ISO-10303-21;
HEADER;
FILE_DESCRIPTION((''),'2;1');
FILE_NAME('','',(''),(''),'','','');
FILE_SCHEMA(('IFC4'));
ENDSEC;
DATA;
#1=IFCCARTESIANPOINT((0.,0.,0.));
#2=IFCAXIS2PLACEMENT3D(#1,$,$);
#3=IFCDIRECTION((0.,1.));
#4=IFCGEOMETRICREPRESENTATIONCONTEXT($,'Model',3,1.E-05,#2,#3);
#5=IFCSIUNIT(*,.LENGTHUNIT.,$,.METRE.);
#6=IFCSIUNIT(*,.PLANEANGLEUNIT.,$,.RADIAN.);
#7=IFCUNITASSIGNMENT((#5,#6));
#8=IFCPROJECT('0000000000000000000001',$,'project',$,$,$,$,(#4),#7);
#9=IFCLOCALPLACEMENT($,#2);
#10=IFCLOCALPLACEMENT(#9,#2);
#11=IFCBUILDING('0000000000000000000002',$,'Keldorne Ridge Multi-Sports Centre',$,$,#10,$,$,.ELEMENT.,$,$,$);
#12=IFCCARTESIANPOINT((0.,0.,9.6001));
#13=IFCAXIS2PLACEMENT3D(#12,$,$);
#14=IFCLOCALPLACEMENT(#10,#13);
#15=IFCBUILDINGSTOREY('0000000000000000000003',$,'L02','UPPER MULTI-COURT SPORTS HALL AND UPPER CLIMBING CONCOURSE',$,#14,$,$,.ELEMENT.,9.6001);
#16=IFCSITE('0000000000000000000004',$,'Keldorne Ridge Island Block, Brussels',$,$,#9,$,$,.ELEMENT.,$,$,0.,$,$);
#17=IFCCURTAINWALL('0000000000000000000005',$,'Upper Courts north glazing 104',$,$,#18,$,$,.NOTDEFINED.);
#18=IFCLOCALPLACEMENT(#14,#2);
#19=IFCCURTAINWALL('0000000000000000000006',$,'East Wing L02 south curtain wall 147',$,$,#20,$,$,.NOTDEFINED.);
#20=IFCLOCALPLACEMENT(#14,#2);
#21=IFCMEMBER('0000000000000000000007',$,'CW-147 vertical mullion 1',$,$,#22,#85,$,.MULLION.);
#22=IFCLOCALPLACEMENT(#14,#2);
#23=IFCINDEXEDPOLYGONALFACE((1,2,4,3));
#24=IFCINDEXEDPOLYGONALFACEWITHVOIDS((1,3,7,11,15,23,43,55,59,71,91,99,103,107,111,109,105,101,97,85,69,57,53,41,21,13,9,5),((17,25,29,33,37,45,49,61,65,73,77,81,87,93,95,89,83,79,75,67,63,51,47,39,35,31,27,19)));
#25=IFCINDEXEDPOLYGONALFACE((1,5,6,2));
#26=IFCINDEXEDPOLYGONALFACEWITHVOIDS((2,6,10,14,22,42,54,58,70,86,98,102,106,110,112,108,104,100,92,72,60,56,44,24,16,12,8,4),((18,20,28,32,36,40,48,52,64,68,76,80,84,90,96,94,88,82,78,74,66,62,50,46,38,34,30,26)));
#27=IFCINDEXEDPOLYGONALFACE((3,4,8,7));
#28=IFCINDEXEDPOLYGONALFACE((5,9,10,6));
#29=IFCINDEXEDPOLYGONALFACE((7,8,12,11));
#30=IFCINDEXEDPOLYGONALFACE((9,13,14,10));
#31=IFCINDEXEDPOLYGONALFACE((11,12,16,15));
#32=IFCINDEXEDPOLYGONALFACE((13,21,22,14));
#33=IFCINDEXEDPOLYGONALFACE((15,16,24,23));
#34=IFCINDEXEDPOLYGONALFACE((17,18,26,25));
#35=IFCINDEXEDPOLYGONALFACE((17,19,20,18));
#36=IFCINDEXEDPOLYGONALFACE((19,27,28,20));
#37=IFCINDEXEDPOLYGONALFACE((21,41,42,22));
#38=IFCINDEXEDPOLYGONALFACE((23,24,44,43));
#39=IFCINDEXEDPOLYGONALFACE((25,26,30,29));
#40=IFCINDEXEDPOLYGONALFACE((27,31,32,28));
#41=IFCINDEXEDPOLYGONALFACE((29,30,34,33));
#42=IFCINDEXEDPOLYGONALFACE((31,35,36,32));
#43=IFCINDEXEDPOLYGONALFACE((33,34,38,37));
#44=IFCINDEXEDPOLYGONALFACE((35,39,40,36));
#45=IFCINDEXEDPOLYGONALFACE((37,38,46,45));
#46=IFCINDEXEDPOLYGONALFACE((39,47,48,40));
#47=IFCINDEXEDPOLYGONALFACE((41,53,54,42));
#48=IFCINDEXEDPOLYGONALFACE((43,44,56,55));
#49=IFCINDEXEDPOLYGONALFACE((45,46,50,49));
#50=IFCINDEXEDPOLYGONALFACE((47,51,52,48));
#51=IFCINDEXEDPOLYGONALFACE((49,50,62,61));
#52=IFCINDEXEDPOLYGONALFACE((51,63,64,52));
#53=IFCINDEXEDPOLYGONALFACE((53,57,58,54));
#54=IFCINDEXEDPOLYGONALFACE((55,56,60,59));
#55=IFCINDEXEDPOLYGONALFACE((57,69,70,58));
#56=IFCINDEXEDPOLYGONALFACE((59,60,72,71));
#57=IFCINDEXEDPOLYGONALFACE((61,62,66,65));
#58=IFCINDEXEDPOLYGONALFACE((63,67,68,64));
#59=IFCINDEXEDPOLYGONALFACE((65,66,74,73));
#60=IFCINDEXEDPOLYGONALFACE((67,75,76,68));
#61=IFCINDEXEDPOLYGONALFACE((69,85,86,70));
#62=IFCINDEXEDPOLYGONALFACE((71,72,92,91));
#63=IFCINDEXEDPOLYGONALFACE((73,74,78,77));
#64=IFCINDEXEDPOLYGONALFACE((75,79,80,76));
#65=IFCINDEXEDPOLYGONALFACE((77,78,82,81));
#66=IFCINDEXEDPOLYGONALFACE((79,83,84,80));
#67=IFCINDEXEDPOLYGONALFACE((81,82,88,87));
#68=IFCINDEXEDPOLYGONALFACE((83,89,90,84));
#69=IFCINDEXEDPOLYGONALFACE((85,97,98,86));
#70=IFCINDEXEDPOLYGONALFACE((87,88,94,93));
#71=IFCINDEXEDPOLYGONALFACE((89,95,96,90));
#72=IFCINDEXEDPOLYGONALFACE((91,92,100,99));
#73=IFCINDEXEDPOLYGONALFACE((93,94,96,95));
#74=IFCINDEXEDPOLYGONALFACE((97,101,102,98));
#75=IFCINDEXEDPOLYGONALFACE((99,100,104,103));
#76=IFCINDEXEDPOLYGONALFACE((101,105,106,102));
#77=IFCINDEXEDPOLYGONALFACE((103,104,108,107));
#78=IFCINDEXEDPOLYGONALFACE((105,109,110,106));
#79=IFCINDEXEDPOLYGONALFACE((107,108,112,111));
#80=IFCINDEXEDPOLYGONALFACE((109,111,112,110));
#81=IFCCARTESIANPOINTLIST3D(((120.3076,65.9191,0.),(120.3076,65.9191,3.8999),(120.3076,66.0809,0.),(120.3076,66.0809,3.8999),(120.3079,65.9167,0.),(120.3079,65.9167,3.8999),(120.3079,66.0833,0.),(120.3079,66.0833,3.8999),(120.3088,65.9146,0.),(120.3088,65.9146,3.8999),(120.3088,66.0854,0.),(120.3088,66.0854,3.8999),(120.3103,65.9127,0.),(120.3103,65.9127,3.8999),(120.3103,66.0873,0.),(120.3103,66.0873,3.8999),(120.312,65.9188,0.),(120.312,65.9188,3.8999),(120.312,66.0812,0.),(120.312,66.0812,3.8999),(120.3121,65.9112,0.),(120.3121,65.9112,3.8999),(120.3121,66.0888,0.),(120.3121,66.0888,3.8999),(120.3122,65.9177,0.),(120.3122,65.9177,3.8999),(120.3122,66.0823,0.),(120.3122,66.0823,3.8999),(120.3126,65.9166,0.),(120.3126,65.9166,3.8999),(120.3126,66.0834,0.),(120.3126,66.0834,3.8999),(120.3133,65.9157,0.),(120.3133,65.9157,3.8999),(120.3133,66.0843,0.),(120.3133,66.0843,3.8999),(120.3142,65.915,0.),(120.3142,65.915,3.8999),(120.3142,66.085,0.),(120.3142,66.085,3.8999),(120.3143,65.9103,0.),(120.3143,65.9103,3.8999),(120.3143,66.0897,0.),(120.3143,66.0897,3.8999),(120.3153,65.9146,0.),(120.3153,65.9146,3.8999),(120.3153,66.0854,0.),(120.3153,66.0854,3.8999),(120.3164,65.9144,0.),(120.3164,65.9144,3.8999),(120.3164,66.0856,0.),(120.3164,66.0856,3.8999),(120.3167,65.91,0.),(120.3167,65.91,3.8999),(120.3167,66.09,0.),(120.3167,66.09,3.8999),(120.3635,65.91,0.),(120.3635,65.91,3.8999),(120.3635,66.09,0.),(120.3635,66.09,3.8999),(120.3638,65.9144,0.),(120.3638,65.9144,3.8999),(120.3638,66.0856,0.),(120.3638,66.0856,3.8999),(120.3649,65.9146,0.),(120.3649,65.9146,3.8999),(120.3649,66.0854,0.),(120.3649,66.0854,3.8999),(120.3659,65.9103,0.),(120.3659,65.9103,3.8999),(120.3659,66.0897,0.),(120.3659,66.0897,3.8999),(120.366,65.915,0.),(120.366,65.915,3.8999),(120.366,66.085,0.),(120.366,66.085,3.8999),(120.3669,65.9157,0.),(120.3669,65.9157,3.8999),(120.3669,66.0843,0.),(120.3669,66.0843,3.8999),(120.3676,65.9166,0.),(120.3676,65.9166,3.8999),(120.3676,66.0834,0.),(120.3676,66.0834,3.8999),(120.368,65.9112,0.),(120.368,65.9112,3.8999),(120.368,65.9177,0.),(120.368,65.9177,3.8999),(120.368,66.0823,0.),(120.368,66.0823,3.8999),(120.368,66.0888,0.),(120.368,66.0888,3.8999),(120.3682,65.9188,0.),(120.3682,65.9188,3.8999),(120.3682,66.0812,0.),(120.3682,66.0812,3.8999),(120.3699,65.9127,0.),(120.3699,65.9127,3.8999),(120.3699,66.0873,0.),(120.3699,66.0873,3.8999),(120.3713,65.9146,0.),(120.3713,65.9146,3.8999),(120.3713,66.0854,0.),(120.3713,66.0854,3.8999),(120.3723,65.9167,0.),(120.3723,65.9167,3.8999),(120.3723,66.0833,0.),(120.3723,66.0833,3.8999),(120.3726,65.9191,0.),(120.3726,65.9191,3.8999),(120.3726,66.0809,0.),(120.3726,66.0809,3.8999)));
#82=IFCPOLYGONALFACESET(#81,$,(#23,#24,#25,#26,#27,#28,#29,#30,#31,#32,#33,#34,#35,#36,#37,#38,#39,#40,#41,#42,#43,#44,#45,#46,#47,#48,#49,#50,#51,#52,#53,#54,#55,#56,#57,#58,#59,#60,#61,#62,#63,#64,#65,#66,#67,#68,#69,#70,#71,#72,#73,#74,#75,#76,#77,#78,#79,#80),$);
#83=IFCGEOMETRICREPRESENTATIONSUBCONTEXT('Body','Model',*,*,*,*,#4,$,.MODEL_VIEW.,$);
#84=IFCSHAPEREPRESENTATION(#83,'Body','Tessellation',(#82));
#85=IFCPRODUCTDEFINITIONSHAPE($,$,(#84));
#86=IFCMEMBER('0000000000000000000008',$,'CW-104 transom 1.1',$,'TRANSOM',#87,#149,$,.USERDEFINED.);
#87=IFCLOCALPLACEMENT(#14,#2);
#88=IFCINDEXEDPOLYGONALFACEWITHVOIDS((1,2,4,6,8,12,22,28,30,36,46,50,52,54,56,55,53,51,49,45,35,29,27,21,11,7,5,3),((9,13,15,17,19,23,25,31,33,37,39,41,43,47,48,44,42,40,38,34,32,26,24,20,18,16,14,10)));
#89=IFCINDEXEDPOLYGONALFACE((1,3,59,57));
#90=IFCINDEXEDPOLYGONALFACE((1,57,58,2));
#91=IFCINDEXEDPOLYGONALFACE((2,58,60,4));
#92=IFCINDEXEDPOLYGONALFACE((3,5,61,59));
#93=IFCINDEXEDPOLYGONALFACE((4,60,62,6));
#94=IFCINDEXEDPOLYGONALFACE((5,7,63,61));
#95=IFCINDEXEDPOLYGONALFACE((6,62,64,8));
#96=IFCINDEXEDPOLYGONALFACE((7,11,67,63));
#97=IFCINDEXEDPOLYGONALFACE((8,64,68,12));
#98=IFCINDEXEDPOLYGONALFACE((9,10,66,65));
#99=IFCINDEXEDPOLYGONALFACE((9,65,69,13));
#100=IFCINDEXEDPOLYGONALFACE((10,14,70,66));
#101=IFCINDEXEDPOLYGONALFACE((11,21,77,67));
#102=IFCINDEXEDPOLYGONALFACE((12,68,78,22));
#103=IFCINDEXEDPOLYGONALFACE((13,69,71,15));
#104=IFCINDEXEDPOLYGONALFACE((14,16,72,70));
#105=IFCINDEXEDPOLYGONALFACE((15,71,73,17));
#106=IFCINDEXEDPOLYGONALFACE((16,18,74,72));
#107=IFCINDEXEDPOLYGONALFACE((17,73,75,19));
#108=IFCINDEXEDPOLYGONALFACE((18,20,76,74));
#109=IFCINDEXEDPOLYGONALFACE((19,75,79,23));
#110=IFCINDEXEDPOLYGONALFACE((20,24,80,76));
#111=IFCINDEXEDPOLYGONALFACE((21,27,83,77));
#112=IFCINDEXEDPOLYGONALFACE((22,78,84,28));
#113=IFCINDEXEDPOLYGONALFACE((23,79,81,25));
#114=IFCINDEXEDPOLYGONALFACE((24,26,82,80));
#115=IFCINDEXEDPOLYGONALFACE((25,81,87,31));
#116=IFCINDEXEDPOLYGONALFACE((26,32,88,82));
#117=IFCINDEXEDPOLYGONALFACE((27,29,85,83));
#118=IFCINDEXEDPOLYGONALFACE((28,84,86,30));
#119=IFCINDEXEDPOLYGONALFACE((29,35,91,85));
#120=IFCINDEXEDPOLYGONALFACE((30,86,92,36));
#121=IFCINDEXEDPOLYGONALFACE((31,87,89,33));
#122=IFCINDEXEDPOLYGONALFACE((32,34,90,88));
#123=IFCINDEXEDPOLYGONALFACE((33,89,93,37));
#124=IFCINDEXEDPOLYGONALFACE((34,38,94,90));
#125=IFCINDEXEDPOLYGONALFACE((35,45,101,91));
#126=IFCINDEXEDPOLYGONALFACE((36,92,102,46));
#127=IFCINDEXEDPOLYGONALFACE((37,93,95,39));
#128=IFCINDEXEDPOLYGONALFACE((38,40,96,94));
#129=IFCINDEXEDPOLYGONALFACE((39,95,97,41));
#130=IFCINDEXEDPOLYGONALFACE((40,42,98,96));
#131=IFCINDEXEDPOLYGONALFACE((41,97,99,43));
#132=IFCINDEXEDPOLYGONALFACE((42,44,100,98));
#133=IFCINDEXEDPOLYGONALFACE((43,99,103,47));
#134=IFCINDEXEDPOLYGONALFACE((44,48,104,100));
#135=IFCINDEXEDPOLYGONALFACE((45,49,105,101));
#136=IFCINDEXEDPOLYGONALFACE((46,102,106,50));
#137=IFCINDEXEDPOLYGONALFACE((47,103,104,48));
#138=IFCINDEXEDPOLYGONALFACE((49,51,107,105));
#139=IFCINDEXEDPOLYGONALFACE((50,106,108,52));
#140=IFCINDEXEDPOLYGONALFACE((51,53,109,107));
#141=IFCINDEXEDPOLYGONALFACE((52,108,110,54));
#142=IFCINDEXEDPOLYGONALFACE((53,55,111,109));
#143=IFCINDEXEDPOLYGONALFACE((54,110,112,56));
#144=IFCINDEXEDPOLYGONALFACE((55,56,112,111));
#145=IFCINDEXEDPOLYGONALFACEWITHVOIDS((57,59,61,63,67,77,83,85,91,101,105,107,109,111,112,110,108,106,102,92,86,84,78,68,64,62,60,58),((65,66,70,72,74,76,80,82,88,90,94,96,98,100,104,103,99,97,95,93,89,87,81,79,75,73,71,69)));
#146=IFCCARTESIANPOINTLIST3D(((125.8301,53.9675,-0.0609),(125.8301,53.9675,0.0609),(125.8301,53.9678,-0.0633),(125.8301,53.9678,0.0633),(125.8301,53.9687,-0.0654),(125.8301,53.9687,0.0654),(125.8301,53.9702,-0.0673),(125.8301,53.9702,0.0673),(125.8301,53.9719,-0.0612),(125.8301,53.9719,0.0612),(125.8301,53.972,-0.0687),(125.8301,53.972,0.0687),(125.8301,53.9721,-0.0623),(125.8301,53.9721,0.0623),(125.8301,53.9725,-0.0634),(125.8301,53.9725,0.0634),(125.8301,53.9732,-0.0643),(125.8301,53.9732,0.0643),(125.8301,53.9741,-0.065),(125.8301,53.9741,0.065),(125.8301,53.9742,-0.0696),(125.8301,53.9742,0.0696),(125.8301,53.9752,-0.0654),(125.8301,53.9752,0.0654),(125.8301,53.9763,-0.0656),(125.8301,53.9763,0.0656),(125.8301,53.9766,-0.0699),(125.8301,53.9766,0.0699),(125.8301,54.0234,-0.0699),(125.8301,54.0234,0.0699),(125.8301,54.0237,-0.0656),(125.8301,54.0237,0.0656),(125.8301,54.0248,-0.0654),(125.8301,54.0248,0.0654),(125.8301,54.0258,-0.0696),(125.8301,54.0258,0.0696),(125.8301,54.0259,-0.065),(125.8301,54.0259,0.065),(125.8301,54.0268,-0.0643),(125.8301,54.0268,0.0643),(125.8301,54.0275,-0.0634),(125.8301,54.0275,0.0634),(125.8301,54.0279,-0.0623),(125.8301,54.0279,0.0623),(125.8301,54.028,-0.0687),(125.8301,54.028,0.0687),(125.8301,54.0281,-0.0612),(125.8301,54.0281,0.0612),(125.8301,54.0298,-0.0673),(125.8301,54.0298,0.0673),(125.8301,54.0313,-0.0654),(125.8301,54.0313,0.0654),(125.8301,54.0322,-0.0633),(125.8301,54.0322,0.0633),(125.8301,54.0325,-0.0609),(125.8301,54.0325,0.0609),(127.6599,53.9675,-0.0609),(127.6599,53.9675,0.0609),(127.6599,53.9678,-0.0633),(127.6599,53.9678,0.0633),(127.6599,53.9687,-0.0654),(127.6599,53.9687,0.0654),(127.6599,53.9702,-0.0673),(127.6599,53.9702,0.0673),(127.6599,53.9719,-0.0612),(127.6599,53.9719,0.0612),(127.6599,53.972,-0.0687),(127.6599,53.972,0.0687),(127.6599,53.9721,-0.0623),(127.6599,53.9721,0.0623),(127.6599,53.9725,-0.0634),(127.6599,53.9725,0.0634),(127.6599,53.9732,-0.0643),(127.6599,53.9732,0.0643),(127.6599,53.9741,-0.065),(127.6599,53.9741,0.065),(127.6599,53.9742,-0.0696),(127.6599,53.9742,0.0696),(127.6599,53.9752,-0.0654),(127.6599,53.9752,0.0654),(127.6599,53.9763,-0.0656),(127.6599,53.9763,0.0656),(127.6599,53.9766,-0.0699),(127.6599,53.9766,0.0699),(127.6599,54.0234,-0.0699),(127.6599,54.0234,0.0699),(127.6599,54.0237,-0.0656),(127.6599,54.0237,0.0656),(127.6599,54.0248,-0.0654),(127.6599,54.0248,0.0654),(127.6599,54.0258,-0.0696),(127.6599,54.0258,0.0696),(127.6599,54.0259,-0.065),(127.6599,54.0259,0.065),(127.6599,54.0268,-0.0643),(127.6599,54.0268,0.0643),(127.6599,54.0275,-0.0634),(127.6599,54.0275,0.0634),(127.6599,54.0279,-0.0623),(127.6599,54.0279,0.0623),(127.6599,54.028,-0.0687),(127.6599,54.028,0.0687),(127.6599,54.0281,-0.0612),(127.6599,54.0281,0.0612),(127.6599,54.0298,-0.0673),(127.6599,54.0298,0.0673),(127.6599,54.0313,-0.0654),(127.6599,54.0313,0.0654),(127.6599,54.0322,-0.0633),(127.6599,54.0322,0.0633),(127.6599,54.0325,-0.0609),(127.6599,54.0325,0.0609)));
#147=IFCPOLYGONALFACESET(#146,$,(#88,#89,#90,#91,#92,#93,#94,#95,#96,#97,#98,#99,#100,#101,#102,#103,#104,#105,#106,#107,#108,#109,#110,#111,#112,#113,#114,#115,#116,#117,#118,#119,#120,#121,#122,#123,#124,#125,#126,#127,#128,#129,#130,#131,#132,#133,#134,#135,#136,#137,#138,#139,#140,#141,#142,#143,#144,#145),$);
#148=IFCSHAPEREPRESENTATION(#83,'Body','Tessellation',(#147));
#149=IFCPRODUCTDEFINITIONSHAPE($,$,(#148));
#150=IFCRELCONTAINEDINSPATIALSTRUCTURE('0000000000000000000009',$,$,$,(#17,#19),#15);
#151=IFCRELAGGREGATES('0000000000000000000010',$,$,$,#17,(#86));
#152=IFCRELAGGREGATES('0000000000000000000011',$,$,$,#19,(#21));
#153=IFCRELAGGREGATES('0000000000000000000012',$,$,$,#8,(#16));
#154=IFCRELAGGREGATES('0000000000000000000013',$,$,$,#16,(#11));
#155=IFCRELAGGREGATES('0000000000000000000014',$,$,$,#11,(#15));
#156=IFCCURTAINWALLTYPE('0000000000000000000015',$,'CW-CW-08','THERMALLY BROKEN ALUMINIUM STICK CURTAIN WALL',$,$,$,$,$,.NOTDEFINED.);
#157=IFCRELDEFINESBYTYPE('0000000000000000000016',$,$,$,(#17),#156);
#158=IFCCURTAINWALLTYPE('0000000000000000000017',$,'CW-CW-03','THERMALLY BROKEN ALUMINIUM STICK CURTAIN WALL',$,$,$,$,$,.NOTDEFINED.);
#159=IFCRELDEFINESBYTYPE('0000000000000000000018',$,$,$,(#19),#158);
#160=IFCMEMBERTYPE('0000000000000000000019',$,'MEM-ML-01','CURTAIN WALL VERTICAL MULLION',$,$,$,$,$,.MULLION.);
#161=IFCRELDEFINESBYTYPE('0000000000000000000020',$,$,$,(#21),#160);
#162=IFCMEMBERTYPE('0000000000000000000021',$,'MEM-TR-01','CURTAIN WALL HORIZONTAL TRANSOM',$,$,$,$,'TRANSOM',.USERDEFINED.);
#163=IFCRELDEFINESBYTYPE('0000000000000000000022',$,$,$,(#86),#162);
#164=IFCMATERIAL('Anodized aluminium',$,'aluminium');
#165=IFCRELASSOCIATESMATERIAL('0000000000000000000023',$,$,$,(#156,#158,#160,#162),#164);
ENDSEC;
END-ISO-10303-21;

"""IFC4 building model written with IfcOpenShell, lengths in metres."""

from ifc_helpers import new_model, si_unit, direction, frame, origin, origin_2d, place, context, subcontext, project, spatial, hollow_rectangle, extrude, material, material_profile, profile_set, type_object, element, aggregate, save


model = new_model("IFC4")

# Units and contexts
model_context = context("Model", 3, precision=1e-05, world=origin(), true_north=direction((0.0, 1.0)))
body_context = subcontext(model_context, "Body", "Model", "MODEL_VIEW")
ifc_project = project(units=[si_unit("LENGTHUNIT", "METRE"), si_unit("PLANEANGLEUNIT", "RADIAN")], contexts=[model_context])

# Site, building, storey
site_placement = place(None, origin())
site = spatial("IfcSite", under=ifc_project, at=site_placement, Name="Keldorne Ridge Island Block, Brussels", CompositionType="ELEMENT", RefElevation=0.0)
building_placement = place(site_placement, origin())
building = spatial("IfcBuilding", under=site, at=building_placement, Name="Keldorne Ridge Multi-Sports Centre", CompositionType="ELEMENT")
storey_placement = place(building_placement, frame((0.0, 0.0, 9.6001)))
storey = spatial("IfcBuildingStorey", under=building, at=storey_placement, Name="L02", Description="UPPER MULTI-COURT SPORTS HALL AND UPPER CLIMBING CONCOURSE", CompositionType="ELEMENT", Elevation=9.6001)

# Curtain walls, member
ifc_material_1 = material(Name="Anodized aluminium", Category="aluminium")
curtain_wall_type_1 = type_object("IfcCurtainWallType", Name="CW-CW-08", Description="THERMALLY BROKEN ALUMINIUM STICK CURTAIN WALL", PredefinedType="NOTDEFINED", material=ifc_material_1)
curtain_wall_1_placement = place(storey_placement, origin())
curtain_wall_1 = element("IfcCurtainWall", 1, at=curtain_wall_1_placement, inside=storey, type_object=curtain_wall_type_1, Name="Upper Courts north glazing 104", PredefinedType="NOTDEFINED")
ifc_material_profile_1 = material_profile(ifc_material_1, hollow_rectangle(XDim=0.0649, YDim=0.1799, WallThickness=0.0044, InnerFilletRadius=0.0044, OuterFilletRadius=0.009, at=origin_2d()), Name="ALU MULLION 180x65x4.5")
ifc_profile_set_1 = profile_set([ifc_material_profile_1], Name="Anodized aluminium")
member_type_1 = type_object("IfcMemberType", Name="MEM-ML-01", Description="CURTAIN WALL VERTICAL MULLION", PredefinedType="MULLION", material=ifc_profile_set_1)
curtain_wall_type_2 = type_object("IfcCurtainWallType", Name="CW-CW-03", Description="THERMALLY BROKEN ALUMINIUM STICK CURTAIN WALL", PredefinedType="NOTDEFINED", material=ifc_material_1)
curtain_wall_2_placement = place(storey_placement, origin())
curtain_wall_2 = element("IfcCurtainWall", 2, at=curtain_wall_2_placement, inside=storey, type_object=curtain_wall_type_2, Name="East Wing L02 south curtain wall 147", PredefinedType="NOTDEFINED")
member_1_placement = place(storey_placement, frame((120.3401, 66.0, 0.0), z_axis=(0.0, 0.0, 1.0), x_axis=(1.0, 0.0, 0.0)))
member_1 = element("IfcMember", 3, at=member_1_placement, type_object=member_type_1, Name="CW-147 vertical mullion 1", PredefinedType="MULLION", context=body_context, shape_type="SweptSolid", body=[
    extrude(hollow_rectangle(XDim=0.0649, YDim=0.1799, WallThickness=0.0044, InnerFilletRadius=0.0044, OuterFilletRadius=0.009, at=origin_2d()), origin(), (0.0, 0.0, 1.0), 3.8999),
])

# Member
ifc_material_profile_2 = material_profile(ifc_material_1, hollow_rectangle(XDim=0.0649, YDim=0.1399, WallThickness=0.0044, InnerFilletRadius=0.0044, OuterFilletRadius=0.009, at=origin_2d()), Name="ALU TRANSOM 140x65x4.5")
ifc_profile_set_2 = profile_set([ifc_material_profile_2], Name="Anodized aluminium")
member_type_2 = type_object("IfcMemberType", Name="MEM-TR-01", Description="CURTAIN WALL HORIZONTAL TRANSOM", ElementType="TRANSOM", PredefinedType="USERDEFINED", material=ifc_profile_set_2)
member_2_placement = place(storey_placement, frame((127.6599, 54.0, 0.0), z_axis=(-1.0, 0.0, 0.0), x_axis=(0.0, -1.0, 0.0)))
member_2 = element("IfcMember", 4, at=member_2_placement, type_object=member_type_2, Name="CW-104 transom 1.1", ObjectType="TRANSOM", PredefinedType="USERDEFINED", context=body_context, shape_type="SweptSolid", body=[
    extrude(hollow_rectangle(XDim=0.0649, YDim=0.1399, WallThickness=0.0044, InnerFilletRadius=0.0044, OuterFilletRadius=0.009, at=origin_2d()), origin(), (0.0, 0.0, 1.0), 1.8298),
])

aggregate(curtain_wall_1, [member_2])
aggregate(curtain_wall_2, [member_1])

save(model, "model.ifc")
